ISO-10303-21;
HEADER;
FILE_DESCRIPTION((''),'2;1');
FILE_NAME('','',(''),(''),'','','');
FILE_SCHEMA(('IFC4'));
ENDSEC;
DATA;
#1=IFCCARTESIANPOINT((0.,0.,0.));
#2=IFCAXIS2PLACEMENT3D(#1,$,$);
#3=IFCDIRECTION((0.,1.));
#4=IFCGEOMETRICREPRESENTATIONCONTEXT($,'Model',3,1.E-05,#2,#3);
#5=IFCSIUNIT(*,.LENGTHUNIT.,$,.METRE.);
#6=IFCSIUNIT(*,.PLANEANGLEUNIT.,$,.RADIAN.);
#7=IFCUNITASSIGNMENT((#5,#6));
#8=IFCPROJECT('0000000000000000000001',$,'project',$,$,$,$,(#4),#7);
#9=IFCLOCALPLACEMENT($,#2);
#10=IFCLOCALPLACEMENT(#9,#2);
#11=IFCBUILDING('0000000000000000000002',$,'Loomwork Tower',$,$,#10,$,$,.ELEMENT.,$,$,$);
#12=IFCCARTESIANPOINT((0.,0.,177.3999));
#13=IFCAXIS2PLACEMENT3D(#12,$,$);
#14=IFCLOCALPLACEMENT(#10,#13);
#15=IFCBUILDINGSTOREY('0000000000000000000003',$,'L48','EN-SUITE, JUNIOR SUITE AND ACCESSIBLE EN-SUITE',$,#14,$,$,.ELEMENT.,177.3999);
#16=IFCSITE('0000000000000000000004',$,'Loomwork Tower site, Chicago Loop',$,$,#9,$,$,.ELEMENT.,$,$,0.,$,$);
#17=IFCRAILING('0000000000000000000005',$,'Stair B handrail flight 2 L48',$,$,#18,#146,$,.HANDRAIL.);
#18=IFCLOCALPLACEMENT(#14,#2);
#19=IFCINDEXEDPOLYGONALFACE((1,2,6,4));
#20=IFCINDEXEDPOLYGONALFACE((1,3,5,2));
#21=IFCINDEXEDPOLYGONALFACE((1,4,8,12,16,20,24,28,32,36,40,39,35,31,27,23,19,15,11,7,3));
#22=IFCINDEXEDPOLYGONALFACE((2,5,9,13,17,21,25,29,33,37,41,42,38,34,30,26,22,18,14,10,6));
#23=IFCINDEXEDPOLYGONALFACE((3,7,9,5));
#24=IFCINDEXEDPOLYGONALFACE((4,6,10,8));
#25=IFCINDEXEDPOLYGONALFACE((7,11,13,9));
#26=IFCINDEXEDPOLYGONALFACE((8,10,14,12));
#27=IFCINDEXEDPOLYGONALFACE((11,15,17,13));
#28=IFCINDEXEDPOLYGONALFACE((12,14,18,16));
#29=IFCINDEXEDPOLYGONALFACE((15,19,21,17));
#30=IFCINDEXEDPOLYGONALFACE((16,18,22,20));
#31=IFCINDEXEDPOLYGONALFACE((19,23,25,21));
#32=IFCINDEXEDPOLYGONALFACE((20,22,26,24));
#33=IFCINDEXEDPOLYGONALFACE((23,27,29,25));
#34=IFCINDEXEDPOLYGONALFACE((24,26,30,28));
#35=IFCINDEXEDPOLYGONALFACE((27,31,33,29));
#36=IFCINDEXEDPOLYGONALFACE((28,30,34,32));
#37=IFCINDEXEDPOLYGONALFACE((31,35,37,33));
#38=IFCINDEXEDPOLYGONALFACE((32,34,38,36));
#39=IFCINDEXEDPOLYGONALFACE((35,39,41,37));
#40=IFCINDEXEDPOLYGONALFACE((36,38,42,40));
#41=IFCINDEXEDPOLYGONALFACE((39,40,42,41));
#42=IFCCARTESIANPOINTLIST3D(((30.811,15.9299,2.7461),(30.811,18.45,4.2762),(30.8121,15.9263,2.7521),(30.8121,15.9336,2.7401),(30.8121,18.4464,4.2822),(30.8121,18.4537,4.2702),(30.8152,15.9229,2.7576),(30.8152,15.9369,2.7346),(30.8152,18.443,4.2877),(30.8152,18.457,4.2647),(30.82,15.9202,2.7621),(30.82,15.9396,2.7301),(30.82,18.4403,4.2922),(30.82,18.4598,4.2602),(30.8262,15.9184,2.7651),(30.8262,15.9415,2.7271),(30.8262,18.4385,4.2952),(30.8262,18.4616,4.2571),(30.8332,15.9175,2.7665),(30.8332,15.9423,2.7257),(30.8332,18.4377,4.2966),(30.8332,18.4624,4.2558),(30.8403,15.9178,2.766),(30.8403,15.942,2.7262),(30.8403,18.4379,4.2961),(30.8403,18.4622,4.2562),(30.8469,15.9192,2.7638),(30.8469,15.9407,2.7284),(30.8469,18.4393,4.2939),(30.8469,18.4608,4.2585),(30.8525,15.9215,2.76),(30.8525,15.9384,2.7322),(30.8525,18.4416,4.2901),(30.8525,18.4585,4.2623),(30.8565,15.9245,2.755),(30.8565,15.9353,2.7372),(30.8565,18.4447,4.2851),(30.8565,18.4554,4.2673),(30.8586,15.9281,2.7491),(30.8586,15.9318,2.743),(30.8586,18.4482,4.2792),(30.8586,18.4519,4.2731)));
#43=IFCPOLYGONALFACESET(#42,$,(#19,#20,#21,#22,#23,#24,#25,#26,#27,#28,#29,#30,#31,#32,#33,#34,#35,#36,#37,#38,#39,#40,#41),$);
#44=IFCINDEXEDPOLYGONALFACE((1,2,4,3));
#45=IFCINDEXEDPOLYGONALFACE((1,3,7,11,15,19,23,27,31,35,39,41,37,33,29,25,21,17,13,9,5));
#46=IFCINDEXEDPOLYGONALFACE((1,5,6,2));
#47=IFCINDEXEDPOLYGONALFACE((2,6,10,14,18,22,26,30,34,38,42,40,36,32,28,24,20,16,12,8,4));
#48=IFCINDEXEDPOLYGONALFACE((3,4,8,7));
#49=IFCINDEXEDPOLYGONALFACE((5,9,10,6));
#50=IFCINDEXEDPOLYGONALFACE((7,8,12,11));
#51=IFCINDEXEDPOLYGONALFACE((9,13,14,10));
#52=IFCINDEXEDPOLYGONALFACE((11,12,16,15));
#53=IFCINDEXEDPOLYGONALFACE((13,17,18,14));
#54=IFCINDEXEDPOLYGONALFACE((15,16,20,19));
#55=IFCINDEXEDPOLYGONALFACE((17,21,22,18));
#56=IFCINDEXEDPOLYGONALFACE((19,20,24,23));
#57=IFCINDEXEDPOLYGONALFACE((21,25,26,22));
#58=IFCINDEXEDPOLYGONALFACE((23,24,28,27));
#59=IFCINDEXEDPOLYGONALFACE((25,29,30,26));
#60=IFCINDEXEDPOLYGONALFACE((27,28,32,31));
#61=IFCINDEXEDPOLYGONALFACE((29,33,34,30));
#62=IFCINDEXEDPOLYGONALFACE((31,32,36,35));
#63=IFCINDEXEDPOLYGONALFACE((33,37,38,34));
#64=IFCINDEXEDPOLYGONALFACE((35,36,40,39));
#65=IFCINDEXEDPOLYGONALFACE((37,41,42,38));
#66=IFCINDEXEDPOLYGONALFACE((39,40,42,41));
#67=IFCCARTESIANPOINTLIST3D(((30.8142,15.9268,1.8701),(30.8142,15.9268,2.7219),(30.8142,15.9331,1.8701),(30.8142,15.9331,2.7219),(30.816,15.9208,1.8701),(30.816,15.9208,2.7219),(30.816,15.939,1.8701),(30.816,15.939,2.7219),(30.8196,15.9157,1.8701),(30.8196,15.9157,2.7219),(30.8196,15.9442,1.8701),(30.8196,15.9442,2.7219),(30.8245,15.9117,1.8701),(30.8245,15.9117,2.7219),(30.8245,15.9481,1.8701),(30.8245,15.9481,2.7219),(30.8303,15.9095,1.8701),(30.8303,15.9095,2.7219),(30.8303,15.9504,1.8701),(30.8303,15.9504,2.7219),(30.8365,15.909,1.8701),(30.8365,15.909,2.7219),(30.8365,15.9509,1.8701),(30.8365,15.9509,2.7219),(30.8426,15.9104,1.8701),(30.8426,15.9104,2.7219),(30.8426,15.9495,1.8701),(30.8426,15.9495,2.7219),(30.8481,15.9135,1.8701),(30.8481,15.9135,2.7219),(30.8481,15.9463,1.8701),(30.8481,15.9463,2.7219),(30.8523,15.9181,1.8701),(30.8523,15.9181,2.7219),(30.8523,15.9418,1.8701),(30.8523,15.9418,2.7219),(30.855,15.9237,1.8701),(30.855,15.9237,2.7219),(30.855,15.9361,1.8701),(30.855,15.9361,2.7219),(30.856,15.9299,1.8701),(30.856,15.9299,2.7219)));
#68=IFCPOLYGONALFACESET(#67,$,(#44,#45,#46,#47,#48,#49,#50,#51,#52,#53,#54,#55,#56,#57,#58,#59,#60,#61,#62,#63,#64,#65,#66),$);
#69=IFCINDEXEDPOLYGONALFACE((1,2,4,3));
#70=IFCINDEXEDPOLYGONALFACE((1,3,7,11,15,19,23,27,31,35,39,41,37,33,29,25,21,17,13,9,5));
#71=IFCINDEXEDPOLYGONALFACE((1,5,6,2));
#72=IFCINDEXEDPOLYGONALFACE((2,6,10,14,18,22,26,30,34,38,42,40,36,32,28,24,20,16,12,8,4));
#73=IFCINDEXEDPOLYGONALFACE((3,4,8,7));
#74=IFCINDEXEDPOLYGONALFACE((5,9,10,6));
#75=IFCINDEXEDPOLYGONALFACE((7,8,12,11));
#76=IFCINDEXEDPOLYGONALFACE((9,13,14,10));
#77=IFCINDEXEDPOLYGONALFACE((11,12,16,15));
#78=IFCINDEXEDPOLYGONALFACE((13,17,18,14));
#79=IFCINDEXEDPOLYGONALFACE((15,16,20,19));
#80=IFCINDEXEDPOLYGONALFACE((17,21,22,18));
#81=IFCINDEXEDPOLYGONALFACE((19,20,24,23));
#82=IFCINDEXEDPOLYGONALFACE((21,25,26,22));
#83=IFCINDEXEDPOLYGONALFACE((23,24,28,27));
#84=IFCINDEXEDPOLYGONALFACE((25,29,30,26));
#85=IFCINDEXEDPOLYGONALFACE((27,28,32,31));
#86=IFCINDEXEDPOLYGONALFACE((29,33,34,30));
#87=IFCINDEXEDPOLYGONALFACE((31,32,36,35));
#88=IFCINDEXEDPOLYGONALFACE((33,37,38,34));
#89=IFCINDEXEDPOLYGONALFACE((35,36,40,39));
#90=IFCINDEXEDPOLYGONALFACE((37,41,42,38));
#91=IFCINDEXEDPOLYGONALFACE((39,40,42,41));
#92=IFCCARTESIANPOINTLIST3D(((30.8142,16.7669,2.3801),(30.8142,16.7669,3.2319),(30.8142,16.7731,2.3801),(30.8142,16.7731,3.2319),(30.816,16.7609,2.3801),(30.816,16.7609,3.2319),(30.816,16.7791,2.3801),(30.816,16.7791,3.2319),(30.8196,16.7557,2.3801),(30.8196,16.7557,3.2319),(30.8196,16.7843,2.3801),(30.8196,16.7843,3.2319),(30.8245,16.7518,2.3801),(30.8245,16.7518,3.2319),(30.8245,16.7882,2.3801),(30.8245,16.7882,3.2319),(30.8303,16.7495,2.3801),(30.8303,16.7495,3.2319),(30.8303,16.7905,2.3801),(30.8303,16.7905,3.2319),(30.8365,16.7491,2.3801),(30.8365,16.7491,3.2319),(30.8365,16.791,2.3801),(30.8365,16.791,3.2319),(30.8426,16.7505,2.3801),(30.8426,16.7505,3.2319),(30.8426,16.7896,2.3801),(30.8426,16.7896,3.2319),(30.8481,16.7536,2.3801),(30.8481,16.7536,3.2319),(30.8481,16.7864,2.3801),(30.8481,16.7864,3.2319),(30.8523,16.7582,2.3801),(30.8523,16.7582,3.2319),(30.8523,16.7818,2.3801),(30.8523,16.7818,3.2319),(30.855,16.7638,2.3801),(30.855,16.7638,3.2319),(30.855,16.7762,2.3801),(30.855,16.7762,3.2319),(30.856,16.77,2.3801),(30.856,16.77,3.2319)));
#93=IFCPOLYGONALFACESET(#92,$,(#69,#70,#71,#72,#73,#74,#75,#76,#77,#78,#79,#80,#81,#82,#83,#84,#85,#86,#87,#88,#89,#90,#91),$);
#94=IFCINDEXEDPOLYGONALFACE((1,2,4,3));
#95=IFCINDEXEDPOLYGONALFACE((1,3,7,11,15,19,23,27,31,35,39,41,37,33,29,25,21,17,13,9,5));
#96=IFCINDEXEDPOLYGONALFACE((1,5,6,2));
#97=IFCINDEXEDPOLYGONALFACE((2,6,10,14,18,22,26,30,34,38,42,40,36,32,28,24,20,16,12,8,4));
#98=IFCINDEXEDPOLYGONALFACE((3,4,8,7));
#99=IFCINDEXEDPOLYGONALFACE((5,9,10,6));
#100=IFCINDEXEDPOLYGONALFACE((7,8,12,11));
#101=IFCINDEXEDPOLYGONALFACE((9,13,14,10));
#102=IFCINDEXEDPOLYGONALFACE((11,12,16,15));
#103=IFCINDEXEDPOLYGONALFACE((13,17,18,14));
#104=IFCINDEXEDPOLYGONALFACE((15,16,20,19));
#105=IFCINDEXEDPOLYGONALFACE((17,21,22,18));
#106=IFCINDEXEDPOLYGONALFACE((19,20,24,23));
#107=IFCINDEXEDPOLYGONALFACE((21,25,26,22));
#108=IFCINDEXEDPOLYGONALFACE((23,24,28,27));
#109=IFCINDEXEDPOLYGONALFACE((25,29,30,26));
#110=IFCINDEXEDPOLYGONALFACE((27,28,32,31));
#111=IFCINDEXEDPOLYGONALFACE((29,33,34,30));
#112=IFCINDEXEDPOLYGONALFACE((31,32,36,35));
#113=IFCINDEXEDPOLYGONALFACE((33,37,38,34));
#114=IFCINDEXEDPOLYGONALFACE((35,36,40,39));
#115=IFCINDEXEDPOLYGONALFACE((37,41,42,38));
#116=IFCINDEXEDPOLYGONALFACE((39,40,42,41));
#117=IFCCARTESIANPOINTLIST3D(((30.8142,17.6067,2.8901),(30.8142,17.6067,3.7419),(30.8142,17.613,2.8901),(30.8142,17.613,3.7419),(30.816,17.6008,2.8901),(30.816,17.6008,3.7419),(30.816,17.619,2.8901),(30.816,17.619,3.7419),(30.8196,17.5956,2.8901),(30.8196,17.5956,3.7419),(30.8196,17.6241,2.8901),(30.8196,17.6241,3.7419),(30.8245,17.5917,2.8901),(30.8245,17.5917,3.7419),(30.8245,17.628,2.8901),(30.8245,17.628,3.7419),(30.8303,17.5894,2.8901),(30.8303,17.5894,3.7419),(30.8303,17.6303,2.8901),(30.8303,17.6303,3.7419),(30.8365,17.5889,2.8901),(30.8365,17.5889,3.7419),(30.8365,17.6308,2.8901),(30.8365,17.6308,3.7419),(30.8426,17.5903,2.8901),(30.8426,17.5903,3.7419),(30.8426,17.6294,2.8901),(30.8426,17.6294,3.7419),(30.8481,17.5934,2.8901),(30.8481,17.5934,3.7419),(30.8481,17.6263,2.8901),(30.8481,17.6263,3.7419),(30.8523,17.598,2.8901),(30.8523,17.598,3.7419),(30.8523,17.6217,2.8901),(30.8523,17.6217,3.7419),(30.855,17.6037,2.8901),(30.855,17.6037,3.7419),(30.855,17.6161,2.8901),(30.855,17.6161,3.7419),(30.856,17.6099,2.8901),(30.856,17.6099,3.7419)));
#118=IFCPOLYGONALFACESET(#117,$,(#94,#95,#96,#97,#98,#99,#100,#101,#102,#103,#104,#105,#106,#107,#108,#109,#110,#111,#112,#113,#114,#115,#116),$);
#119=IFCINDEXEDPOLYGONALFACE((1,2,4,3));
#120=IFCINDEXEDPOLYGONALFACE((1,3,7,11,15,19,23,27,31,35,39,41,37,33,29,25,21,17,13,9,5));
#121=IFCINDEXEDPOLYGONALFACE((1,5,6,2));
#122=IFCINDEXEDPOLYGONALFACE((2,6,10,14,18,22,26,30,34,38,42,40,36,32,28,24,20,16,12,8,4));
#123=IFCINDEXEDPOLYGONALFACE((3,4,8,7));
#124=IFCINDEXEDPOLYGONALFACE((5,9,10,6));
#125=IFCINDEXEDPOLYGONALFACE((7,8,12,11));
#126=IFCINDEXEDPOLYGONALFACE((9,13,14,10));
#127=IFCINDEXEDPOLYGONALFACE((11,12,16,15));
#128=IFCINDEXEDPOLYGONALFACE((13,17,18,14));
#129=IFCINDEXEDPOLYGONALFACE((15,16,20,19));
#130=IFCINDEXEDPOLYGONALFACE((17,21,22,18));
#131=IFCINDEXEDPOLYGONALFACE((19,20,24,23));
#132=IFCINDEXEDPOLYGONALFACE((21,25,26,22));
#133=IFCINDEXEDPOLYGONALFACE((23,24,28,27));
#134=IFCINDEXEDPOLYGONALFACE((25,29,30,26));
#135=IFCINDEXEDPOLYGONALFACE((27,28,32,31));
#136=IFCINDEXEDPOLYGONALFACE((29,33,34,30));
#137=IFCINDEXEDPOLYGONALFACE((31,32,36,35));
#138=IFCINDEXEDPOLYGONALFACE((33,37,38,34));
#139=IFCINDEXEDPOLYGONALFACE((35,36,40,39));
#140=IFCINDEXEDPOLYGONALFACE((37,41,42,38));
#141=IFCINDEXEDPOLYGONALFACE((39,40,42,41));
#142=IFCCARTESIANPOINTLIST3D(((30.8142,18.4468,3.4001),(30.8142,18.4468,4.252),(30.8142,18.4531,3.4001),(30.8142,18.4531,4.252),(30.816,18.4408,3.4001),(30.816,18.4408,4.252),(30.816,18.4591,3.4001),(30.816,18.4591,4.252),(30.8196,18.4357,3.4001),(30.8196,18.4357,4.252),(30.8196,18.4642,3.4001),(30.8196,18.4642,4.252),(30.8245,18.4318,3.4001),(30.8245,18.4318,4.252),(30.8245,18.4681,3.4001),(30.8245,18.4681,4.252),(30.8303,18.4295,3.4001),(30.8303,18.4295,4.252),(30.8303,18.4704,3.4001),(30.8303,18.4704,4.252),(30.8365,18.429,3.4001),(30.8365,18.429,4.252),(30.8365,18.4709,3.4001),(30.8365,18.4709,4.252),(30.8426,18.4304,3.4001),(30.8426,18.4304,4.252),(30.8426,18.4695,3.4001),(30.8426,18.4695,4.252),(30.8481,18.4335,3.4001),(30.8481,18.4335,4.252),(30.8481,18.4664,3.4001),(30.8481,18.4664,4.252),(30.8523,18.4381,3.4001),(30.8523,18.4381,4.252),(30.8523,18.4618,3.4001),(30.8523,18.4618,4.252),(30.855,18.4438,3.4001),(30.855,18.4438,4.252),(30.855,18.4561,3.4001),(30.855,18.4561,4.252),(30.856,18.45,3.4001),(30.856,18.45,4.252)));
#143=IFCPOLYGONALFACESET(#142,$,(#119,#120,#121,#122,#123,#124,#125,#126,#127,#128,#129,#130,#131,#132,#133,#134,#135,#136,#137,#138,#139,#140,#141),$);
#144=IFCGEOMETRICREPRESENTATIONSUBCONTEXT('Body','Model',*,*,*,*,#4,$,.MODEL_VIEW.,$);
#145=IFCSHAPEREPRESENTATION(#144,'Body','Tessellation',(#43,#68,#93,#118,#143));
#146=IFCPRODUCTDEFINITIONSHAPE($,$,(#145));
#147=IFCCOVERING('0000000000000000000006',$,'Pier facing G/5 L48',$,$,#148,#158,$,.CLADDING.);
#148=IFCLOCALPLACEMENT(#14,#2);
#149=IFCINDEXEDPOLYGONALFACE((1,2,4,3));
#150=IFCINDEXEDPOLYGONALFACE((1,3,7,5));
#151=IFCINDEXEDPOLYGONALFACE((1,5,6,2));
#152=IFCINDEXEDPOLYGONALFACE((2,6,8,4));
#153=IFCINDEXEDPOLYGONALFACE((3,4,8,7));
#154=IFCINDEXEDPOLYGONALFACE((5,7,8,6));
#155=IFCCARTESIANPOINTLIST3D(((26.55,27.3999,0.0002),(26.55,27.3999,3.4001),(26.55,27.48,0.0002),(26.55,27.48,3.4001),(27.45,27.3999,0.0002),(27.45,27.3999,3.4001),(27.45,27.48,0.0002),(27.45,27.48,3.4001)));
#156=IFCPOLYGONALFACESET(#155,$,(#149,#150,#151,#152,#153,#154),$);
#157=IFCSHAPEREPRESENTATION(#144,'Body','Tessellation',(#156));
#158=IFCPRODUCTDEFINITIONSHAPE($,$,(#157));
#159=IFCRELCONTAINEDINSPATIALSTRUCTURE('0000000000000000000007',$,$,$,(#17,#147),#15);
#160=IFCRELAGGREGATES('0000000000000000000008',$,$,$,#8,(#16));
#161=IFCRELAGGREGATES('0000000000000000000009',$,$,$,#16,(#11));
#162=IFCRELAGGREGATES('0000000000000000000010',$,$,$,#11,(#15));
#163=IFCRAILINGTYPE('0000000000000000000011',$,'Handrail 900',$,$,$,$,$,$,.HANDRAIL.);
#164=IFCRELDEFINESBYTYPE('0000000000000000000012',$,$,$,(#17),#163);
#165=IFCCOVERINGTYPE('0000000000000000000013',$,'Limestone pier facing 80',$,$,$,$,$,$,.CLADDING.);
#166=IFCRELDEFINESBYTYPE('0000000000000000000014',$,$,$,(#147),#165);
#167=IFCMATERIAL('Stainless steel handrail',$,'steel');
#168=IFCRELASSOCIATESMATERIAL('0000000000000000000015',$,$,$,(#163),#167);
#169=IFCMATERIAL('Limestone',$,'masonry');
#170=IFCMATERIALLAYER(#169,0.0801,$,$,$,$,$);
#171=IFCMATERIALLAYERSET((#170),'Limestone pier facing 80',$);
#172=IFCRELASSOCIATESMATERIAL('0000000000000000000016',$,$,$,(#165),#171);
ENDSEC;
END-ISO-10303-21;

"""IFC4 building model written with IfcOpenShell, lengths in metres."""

from ifc_helpers import new_model, si_unit, direction, frame, origin, origin_2d, place, context, subcontext, project, spatial, rectangle, circle, extrude, material, layer, layer_set, type_object, element, save


model = new_model("IFC4")

# Units and contexts
model_context = context("Model", 3, precision=1e-05, world=origin(), true_north=direction((0.0, 1.0)))
body_context = subcontext(model_context, "Body", "Model", "MODEL_VIEW")
ifc_project = project(units=[si_unit("LENGTHUNIT", "METRE"), si_unit("PLANEANGLEUNIT", "RADIAN")], contexts=[model_context])

# Site, building, storey
site_placement = place(None, origin())
site = spatial("IfcSite", under=ifc_project, at=site_placement, Name="Loomwork Tower site, Chicago Loop", CompositionType="ELEMENT", RefElevation=0.0)
building_placement = place(site_placement, origin())
building = spatial("IfcBuilding", under=site, at=building_placement, Name="Loomwork Tower", CompositionType="ELEMENT")
storey_placement = place(building_placement, frame((0.0, 0.0, 177.3999)))
storey = spatial("IfcBuildingStorey", under=building, at=storey_placement, Name="L48", Description="EN-SUITE, JUNIOR SUITE AND ACCESSIBLE EN-SUITE", CompositionType="ELEMENT", Elevation=177.3999)

# Railing
ifc_material_1 = material(Name="Stainless steel handrail", Category="steel")
railing_type = type_object("IfcRailingType", Name="Handrail 900", PredefinedType="HANDRAIL", material=ifc_material_1)
railing_placement = place(storey_placement, frame((30.835, 15.9299, 1.8701)))
element("IfcRailing", 1, at=railing_placement, inside=storey, type_object=railing_type, Name="Stair B handrail flight 2 L48", PredefinedType="HANDRAIL", context=body_context, shape_type="SweptSolid", body=[
    extrude(circle(Radius=0.0239, at=origin_2d()), frame((0.0, 0.0, 0.876), z_axis=(0.0, 0.854785, 0.518982), x_axis=(-1.0, 0.0, 0.0)), (0.0, 0.0, 1.0), 2.9482),
    extrude(circle(Radius=0.021, at=origin_2d()), origin(), (0.0, 0.0, 1.0), 0.8518),
    extrude(circle(Radius=0.021, at=origin_2d()), frame((0.0, 0.8401, 0.51)), (0.0, 0.0, 1.0), 0.8518),
    extrude(circle(Radius=0.021, at=origin_2d()), frame((0.0, 1.6799, 1.02)), (0.0, 0.0, 1.0), 0.8518),
    extrude(circle(Radius=0.021, at=origin_2d()), frame((0.0, 2.52, 1.53)), (0.0, 0.0, 1.0), 0.8518),
])

# Covering
ifc_material_2 = material(Name="Limestone", Category="masonry")
ifc_layer_1 = layer(ifc_material_2, 0.0801)
ifc_layer_set_1 = layer_set([ifc_layer_1], Name="Limestone pier facing 80")
covering_type = type_object("IfcCoveringType", Name="Limestone pier facing 80", PredefinedType="CLADDING", material=ifc_layer_set_1)
covering_placement = place(storey_placement, frame((27.0, 27.4399, 0.0002), z_axis=(0.0, 0.0, 1.0), x_axis=(1.0, 0.0, 0.0)))
element("IfcCovering", 2, at=covering_placement, inside=storey, type_object=covering_type, Name="Pier facing G/5 L48", PredefinedType="CLADDING", context=body_context, shape_type="SweptSolid", body=[
    extrude(rectangle(XDim=0.8999, YDim=0.0801, at=origin_2d()), origin(), (0.0, 0.0, 1.0), 3.3999),
])

save(model, "model.ifc")
